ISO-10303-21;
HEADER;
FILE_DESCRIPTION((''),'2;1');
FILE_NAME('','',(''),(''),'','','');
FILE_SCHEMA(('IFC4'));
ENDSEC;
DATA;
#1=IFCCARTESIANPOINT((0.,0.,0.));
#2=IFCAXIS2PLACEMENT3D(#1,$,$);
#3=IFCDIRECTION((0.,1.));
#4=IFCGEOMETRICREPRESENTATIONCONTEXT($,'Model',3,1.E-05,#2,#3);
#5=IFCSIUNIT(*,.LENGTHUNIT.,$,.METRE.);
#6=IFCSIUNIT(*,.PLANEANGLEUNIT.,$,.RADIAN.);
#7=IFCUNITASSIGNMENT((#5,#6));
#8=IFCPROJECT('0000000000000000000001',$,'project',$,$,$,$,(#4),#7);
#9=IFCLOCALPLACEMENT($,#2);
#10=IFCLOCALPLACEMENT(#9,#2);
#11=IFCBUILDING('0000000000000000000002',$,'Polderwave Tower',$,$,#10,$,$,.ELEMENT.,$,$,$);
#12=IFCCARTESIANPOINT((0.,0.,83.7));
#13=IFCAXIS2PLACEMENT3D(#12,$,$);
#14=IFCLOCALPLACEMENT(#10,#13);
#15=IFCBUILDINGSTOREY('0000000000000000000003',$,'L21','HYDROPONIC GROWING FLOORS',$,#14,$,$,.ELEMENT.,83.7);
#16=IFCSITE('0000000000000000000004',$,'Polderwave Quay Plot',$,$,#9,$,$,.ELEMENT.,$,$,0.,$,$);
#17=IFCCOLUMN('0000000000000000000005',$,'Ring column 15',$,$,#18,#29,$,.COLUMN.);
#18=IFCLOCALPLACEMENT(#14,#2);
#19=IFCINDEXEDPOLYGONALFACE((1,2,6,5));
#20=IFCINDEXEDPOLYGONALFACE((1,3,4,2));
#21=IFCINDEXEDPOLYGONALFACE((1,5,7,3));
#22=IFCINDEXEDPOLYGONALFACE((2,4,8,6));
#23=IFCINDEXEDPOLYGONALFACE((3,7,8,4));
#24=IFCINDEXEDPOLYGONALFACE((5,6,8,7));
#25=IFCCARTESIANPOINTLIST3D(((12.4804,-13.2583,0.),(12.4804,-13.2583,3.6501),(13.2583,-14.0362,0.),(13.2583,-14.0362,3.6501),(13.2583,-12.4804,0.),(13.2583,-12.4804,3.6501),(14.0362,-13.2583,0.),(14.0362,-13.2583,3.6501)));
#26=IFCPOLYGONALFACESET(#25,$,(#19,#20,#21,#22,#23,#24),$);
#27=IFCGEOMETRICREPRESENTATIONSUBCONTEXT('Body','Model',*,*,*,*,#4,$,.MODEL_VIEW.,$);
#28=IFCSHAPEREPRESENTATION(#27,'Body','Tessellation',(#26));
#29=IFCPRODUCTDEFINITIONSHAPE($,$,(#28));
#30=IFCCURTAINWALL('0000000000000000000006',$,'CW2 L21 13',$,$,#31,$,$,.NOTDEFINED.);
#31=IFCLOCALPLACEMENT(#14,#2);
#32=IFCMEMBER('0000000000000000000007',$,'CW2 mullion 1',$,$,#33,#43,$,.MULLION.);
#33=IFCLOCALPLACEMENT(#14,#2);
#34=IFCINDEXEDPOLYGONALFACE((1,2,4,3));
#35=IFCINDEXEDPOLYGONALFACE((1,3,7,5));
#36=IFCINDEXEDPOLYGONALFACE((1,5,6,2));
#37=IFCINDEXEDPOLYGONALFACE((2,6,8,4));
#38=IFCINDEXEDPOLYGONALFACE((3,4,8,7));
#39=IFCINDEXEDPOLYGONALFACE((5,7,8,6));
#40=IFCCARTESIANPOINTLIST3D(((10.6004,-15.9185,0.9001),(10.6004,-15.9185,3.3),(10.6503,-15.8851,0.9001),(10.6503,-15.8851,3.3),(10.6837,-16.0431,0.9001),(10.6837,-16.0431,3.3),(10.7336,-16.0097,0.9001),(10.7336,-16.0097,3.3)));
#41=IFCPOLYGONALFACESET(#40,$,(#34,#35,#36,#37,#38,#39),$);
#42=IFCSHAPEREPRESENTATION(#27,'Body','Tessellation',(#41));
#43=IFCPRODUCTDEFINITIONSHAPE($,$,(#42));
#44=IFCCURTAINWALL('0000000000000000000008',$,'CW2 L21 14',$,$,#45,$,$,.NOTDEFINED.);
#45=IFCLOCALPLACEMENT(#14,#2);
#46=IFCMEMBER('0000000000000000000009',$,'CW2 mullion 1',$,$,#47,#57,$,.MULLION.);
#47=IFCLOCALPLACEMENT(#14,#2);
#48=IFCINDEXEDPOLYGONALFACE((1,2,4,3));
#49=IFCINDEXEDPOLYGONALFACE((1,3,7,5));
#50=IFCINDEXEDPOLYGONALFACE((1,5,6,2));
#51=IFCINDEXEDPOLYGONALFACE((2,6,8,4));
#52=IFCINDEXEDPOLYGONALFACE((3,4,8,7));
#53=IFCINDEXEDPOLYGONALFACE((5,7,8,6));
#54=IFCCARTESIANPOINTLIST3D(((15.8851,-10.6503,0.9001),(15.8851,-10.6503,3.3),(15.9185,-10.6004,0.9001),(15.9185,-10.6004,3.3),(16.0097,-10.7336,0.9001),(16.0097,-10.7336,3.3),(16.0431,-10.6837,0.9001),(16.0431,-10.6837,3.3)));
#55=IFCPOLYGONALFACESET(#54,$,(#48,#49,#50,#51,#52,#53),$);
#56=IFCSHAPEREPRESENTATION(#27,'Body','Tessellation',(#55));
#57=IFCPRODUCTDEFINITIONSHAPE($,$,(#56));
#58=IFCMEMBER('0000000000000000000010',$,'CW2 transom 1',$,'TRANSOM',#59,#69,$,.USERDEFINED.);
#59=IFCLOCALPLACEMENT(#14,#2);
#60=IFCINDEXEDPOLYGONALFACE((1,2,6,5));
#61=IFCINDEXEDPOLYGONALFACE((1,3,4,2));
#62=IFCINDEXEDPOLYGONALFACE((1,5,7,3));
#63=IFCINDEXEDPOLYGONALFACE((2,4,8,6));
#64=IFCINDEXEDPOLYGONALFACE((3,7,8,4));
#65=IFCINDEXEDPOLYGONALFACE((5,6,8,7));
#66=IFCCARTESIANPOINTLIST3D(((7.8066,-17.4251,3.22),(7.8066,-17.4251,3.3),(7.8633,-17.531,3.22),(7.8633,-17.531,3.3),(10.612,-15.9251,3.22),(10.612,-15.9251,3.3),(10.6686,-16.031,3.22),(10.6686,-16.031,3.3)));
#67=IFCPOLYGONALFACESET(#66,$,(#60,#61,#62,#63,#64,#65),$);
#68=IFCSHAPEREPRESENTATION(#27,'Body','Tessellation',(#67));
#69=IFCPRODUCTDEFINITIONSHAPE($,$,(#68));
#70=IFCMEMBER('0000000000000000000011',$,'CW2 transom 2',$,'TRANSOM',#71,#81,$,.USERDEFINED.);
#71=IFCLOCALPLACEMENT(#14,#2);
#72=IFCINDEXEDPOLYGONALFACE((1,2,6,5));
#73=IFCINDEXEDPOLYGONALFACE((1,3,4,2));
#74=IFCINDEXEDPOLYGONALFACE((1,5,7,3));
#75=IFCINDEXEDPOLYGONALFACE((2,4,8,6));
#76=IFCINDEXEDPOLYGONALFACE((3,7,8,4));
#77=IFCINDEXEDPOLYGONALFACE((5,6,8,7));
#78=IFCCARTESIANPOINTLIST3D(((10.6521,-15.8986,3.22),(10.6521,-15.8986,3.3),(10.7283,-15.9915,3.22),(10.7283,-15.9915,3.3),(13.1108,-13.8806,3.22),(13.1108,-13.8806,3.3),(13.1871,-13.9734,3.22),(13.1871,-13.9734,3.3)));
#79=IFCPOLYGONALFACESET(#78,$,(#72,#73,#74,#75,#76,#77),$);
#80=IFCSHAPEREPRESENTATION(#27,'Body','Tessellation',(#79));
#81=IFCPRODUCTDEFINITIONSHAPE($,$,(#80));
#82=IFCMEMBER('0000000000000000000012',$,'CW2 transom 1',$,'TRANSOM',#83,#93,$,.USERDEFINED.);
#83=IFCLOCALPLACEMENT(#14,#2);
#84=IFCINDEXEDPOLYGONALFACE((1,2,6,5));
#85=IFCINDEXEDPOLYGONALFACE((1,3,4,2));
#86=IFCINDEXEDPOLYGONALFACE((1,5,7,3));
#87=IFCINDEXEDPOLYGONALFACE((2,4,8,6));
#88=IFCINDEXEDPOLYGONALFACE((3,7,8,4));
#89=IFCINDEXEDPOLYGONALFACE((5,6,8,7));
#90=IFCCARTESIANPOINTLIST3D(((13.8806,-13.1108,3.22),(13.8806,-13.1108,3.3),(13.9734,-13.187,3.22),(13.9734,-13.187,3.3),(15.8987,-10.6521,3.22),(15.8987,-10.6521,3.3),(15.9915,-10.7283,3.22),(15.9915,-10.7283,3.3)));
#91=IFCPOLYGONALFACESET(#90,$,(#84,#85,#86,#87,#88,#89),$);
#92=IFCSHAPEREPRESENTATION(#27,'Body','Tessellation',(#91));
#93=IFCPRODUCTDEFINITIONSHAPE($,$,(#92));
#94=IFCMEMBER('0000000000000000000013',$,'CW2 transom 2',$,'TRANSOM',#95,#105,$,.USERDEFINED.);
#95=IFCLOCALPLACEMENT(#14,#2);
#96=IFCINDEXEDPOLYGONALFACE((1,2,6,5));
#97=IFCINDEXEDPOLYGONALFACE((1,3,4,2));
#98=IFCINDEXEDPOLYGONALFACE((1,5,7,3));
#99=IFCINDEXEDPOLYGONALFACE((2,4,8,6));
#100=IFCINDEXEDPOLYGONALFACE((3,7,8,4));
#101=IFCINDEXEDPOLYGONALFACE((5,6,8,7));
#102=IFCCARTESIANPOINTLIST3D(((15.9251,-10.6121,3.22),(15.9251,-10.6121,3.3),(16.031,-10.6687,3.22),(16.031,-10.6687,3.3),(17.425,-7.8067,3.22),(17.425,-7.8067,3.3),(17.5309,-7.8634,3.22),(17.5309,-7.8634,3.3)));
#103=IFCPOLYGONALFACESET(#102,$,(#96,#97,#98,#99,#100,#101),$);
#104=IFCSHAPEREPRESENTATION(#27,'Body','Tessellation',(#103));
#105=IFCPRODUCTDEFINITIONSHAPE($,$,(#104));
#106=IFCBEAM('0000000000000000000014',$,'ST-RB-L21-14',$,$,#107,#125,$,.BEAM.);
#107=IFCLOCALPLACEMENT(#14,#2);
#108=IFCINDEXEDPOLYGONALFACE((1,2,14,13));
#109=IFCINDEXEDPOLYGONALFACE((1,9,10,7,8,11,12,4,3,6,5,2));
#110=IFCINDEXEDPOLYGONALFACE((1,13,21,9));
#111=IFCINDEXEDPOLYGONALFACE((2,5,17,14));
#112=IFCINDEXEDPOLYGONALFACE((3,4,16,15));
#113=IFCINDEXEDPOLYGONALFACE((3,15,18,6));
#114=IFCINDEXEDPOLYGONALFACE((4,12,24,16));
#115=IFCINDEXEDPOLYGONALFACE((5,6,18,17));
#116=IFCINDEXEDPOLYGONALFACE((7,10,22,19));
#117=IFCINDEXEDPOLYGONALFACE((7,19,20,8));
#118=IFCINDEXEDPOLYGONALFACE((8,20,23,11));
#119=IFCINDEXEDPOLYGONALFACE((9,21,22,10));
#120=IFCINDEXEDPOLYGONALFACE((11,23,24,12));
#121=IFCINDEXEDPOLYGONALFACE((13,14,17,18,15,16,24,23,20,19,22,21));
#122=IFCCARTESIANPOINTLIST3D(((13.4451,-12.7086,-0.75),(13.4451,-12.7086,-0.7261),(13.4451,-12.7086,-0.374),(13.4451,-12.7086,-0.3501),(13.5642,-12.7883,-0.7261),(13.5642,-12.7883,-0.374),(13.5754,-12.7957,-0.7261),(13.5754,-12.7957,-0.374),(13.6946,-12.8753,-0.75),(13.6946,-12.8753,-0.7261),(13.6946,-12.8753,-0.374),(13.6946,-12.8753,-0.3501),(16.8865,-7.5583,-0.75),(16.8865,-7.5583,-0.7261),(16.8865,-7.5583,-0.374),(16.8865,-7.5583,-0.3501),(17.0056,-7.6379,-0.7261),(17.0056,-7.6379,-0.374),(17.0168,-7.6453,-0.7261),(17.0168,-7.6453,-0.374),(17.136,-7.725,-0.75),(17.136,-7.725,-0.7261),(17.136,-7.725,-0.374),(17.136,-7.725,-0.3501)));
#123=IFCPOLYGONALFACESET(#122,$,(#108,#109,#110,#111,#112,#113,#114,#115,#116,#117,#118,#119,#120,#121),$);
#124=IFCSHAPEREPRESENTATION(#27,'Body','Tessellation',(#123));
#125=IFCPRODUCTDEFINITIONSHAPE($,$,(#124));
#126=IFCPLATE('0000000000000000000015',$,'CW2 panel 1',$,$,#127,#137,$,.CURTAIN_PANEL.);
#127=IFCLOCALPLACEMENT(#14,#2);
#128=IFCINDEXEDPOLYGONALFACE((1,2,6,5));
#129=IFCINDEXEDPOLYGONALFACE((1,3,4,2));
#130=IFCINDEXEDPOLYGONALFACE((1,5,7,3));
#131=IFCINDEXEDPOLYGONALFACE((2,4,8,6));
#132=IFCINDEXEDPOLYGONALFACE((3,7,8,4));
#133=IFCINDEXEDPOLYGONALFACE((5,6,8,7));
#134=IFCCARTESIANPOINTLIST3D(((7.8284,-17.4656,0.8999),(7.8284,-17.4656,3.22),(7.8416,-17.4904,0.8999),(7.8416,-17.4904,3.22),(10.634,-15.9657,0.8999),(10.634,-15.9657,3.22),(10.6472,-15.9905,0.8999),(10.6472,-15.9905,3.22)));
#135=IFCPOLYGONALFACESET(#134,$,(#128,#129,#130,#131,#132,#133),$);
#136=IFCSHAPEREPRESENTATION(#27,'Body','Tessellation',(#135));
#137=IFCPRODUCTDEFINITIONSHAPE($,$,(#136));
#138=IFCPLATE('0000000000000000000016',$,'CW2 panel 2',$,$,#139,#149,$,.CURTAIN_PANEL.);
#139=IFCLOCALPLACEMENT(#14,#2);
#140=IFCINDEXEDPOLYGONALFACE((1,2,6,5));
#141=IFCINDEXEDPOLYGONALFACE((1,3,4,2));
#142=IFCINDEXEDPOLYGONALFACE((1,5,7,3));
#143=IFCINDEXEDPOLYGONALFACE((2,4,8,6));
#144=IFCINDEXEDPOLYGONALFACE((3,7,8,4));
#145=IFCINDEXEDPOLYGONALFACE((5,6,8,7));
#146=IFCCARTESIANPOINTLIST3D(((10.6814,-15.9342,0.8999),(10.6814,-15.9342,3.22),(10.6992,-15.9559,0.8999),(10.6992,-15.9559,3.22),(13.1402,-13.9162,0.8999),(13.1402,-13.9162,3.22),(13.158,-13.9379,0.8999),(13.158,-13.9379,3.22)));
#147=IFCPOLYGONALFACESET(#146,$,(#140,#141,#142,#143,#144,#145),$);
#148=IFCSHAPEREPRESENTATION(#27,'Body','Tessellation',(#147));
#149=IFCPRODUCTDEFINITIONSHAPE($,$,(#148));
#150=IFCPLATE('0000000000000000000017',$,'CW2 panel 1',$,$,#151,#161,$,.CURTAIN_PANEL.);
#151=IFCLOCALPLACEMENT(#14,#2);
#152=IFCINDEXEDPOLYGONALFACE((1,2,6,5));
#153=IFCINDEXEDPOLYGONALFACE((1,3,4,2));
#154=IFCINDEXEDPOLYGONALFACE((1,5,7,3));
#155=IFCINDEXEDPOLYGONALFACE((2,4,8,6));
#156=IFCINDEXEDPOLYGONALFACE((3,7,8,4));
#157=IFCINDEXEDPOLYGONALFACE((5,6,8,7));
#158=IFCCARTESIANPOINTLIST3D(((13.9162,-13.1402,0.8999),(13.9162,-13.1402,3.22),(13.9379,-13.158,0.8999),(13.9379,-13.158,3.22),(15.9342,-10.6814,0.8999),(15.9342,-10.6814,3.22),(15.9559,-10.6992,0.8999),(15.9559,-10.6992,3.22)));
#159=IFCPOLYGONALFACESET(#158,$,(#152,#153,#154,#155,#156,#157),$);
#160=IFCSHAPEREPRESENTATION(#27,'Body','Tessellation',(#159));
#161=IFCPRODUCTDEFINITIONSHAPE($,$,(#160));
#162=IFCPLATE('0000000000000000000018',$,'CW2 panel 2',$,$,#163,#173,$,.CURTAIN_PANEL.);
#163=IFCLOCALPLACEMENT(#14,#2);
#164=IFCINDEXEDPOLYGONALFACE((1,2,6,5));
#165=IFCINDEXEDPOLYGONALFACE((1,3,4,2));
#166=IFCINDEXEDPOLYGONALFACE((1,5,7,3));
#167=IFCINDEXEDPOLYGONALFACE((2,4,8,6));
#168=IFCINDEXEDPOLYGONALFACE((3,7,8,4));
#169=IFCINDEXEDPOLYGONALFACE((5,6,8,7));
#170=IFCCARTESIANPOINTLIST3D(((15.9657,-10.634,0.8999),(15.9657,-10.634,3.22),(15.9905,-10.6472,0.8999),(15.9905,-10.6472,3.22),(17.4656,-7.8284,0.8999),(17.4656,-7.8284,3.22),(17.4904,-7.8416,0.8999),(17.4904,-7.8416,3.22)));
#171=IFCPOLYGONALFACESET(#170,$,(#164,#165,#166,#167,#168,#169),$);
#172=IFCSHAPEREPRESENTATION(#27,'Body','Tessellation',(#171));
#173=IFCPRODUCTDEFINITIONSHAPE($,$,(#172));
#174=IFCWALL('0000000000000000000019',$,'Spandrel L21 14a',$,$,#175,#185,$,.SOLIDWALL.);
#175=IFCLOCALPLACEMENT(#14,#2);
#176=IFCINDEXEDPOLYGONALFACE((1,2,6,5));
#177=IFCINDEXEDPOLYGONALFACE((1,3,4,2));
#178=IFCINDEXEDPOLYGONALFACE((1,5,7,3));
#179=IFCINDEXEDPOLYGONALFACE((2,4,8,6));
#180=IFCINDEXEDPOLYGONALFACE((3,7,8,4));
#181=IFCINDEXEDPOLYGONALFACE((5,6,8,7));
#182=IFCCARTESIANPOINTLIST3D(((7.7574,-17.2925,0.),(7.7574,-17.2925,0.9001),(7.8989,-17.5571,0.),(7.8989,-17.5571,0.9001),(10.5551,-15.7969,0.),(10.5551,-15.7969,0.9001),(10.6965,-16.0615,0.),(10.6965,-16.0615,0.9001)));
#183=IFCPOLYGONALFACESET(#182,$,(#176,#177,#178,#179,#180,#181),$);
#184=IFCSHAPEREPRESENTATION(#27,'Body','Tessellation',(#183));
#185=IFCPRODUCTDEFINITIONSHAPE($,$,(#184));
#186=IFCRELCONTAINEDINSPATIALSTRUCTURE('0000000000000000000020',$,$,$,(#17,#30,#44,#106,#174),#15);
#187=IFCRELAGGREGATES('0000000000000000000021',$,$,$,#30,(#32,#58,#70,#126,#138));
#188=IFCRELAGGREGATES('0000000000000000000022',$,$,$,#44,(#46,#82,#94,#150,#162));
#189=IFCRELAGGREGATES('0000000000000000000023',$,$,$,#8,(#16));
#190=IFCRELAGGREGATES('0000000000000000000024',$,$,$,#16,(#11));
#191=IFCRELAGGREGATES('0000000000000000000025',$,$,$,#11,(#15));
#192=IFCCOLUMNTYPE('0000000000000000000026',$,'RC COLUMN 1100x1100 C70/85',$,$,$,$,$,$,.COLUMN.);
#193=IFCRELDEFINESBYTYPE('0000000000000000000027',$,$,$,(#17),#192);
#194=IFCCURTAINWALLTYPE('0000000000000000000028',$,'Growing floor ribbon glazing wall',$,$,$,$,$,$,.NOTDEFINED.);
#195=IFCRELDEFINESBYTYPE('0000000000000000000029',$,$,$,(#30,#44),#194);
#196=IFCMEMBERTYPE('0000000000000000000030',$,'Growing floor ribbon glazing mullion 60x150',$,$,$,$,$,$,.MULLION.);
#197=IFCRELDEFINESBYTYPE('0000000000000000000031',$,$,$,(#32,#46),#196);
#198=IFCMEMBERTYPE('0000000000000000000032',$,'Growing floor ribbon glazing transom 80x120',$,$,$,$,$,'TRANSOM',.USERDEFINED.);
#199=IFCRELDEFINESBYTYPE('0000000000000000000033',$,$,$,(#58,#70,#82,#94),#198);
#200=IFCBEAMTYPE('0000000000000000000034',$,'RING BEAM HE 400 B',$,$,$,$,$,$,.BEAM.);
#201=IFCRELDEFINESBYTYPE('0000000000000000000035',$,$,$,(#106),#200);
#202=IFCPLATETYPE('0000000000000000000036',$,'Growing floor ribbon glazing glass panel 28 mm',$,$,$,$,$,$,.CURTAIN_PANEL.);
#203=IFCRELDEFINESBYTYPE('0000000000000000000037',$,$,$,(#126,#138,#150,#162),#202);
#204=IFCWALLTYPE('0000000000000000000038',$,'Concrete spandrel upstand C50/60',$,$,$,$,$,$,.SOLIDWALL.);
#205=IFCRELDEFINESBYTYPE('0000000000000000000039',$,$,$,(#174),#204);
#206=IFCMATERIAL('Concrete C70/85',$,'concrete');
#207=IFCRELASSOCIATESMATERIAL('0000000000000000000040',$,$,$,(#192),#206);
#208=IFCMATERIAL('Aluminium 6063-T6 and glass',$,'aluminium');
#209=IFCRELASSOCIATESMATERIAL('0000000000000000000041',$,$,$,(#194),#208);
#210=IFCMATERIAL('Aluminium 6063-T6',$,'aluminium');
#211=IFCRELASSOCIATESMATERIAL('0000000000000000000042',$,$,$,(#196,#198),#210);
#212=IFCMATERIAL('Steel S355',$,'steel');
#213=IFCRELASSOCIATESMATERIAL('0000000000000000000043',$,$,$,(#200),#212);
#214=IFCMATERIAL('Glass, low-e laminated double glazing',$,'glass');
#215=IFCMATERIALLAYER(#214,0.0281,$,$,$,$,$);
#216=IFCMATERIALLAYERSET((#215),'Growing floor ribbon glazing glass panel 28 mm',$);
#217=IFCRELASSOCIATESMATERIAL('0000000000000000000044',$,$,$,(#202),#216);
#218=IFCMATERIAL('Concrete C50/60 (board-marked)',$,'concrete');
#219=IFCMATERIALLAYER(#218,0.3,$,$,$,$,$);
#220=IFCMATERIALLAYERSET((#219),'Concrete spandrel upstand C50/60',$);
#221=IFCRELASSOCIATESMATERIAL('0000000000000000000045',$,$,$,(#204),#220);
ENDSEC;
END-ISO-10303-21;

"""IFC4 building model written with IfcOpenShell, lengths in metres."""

from ifc_helpers import new_model, si_unit, direction, frame, frame_2d, origin, origin_2d, place, context, subcontext, project, spatial, rectangle, i_section, extrude, material, layer, layer_set, material_profile, profile_set, type_object, element, aggregate, save


model = new_model("IFC4")

# Units and contexts
model_context = context("Model", 3, precision=1e-05, world=origin(), true_north=direction((0.0, 1.0)))
body_context = subcontext(model_context, "Body", "Model", "MODEL_VIEW")
ifc_project = project(units=[si_unit("LENGTHUNIT", "METRE"), si_unit("PLANEANGLEUNIT", "RADIAN")], contexts=[model_context])

# Site, building, storey
site_placement = place(None, origin())
site = spatial("IfcSite", under=ifc_project, at=site_placement, Name="Polderwave Quay Plot", CompositionType="ELEMENT", RefElevation=0.0)
building_placement = place(site_placement, origin())
building = spatial("IfcBuilding", under=site, at=building_placement, Name="Polderwave Tower", CompositionType="ELEMENT")
storey_placement = place(building_placement, frame((0.0, 0.0, 83.7)))
storey = spatial("IfcBuildingStorey", under=building, at=storey_placement, Name="L21", Description="HYDROPONIC GROWING FLOORS", CompositionType="ELEMENT", Elevation=83.7)

# Column
ifc_material_1 = material(Name="Concrete C70/85", Category="concrete")
ifc_material_profile_1 = material_profile(ifc_material_1, rectangle(XDim=1.1001, YDim=1.1001, at=origin_2d()), Name="RC 1100x1100")
ifc_profile_set_1 = profile_set([ifc_material_profile_1], Name="Concrete C70/85")
column_type = type_object("IfcColumnType", Name="RC COLUMN 1100x1100 C70/85", PredefinedType="COLUMN", material=ifc_profile_set_1)
column_placement = place(storey_placement, frame((13.2583, -13.2583, 0.0), z_axis=(0.0, 0.0, 1.0), x_axis=(0.707107, -0.707107, 0.0)))
element("IfcColumn", 1, at=column_placement, inside=storey, type_object=column_type, Name="Ring column 15", PredefinedType="COLUMN", context=body_context, shape_type="SweptSolid", body=[
    extrude(rectangle(XDim=1.1001, YDim=1.1001, at=origin_2d()), origin(), (0.0, 0.0, 1.0), 3.6501),
])

# Curtain walls, members
ifc_material_2 = material(Name="Aluminium 6063-T6 and glass", Category="aluminium")
curtain_wall_type = type_object("IfcCurtainWallType", Name="Growing floor ribbon glazing wall", PredefinedType="NOTDEFINED", material=ifc_material_2)
curtain_wall_1_placement = place(storey_placement, origin())
curtain_wall_1 = element("IfcCurtainWall", 2, at=curtain_wall_1_placement, inside=storey, type_object=curtain_wall_type, Name="CW2 L21 13", PredefinedType="NOTDEFINED")
ifc_material_3 = material(Name="Aluminium 6063-T6", Category="aluminium")
ifc_material_profile_2 = material_profile(ifc_material_3, rectangle(XDim=0.1499, YDim=0.0601, at=origin_2d()), Name="AL 60x150")
ifc_profile_set_2 = profile_set([ifc_material_profile_2], Name="Aluminium 6063-T6")
member_type_1 = type_object("IfcMemberType", Name="Growing floor ribbon glazing mullion 60x150", PredefinedType="MULLION", material=ifc_profile_set_2)
member_1_placement = place(storey_placement, frame((10.667, -15.9641, 0.9001), z_axis=(0.0, 0.0, 1.0), x_axis=(-0.555608, 0.831444, 0.0)))
member_1 = element("IfcMember", 3, at=member_1_placement, type_object=member_type_1, Name="CW2 mullion 1", PredefinedType="MULLION", context=body_context, shape_type="SweptSolid", body=[
    extrude(rectangle(XDim=0.1499, YDim=0.0601, at=origin_2d()), origin(), (0.0, 0.0, 1.0), 2.3999),
])
curtain_wall_2_placement = place(storey_placement, origin())
curtain_wall_2 = element("IfcCurtainWall", 4, at=curtain_wall_2_placement, inside=storey, type_object=curtain_wall_type, Name="CW2 L21 14", PredefinedType="NOTDEFINED")
member_2_placement = place(storey_placement, frame((15.9641, -10.667, 0.9001), z_axis=(0.0, 0.0, 1.0), x_axis=(-0.831444, 0.555608, 0.0)))
member_2 = element("IfcMember", 5, at=member_2_placement, type_object=member_type_1, Name="CW2 mullion 1", PredefinedType="MULLION", context=body_context, shape_type="SweptSolid", body=[
    extrude(rectangle(XDim=0.1499, YDim=0.0601, at=origin_2d()), origin(), (0.0, 0.0, 1.0), 2.3999),
])

# Members
ifc_material_profile_3 = material_profile(ifc_material_3, rectangle(XDim=0.1201, YDim=0.0801, at=origin_2d()), Name="AL 80x120")
ifc_profile_set_3 = profile_set([ifc_material_profile_3], Name="Aluminium 6063-T6")
member_type_2 = type_object("IfcMemberType", Name="Growing floor ribbon glazing transom 80x120", ElementType="TRANSOM", PredefinedType="USERDEFINED", material=ifc_profile_set_3)
member_3_placement = place(storey_placement, frame((7.835, -17.478, 3.26), z_axis=(0.88186, 0.471512, 0.0), x_axis=(-0.471512, 0.88186, 0.0)))
member_3 = element("IfcMember", 6, at=member_3_placement, type_object=member_type_2, Name="CW2 transom 1", ObjectType="TRANSOM", PredefinedType="USERDEFINED", context=body_context, shape_type="SweptSolid", body=[
    extrude(rectangle(XDim=0.1201, YDim=0.0801, at=origin_2d()), origin(), (0.0, 0.0, 1.0), 3.1812),
])
member_4_placement = place(storey_placement, frame((10.6902, -15.9451, 3.26), z_axis=(0.772975, 0.634437, 0.0), x_axis=(-0.634437, 0.772975, 0.0)))
member_4 = element("IfcMember", 7, at=member_4_placement, type_object=member_type_2, Name="CW2 transom 2", ObjectType="TRANSOM", PredefinedType="USERDEFINED", context=body_context, shape_type="SweptSolid", body=[
    extrude(rectangle(XDim=0.1201, YDim=0.0801, at=origin_2d()), origin(), (0.0, 0.0, 1.0), 3.1809),
])
member_5_placement = place(storey_placement, frame((13.927, -13.1489, 3.26), z_axis=(0.634437, 0.772975, 0.0), x_axis=(-0.772975, 0.634437, 0.0)))
member_5 = element("IfcMember", 8, at=member_5_placement, type_object=member_type_2, Name="CW2 transom 1", ObjectType="TRANSOM", PredefinedType="USERDEFINED", context=body_context, shape_type="SweptSolid", body=[
    extrude(rectangle(XDim=0.1201, YDim=0.0801, at=origin_2d()), origin(), (0.0, 0.0, 1.0), 3.1809),
])
member_6_placement = place(storey_placement, frame((15.978, -10.6404, 3.26), z_axis=(0.471512, 0.88186, 0.0), x_axis=(-0.88186, 0.471512, 0.0)))
member_6 = element("IfcMember", 9, at=member_6_placement, type_object=member_type_2, Name="CW2 transom 2", ObjectType="TRANSOM", PredefinedType="USERDEFINED", context=body_context, shape_type="SweptSolid", body=[
    extrude(rectangle(XDim=0.1201, YDim=0.0801, at=origin_2d()), origin(), (0.0, 0.0, 1.0), 3.1812),
])

# Beam
ifc_material_4 = material(Name="Steel S355", Category="steel")
ifc_material_profile_4 = material_profile(ifc_material_4, i_section(OverallWidth=0.3, OverallDepth=0.3999, WebThickness=0.0134, FlangeThickness=0.0239, at=origin_2d()), Name="HE 400 B")
ifc_profile_set_4 = profile_set([ifc_material_profile_4], Name="Steel S355")
beam_type = type_object("IfcBeamType", Name="RING BEAM HE 400 B", PredefinedType="BEAM", material=ifc_profile_set_4)
beam_placement = place(storey_placement, frame((13.5698, -12.792, -0.55), z_axis=(0.555573, 0.831468, 0.0), x_axis=(-0.831468, 0.555573, 0.0)))
element("IfcBeam", 10, at=beam_placement, inside=storey, type_object=beam_type, Name="ST-RB-L21-14", PredefinedType="BEAM", context=body_context, shape_type="SweptSolid", body=[
    extrude(i_section(OverallWidth=0.3, OverallDepth=0.3999, WebThickness=0.0134, FlangeThickness=0.0239, at=origin_2d()), origin(), (0.0, 0.0, 1.0), 6.1943),
])

# Plates
ifc_material_5 = material(Name="Glass, low-e laminated double glazing", Category="glass")
ifc_layer_1 = layer(ifc_material_5, 0.0281)
ifc_layer_set_1 = layer_set([ifc_layer_1], Name="Growing floor ribbon glazing glass panel 28 mm")
plate_type = type_object("IfcPlateType", Name="Growing floor ribbon glazing glass panel 28 mm", PredefinedType="CURTAIN_PANEL", material=ifc_layer_set_1)
plate_1_placement = place(storey_placement, frame((9.2378, -16.728, 0.8999), z_axis=(0.0, 0.0, 1.0), x_axis=(0.881887, 0.471461, 0.0)))
plate_1 = element("IfcPlate", 11, at=plate_1_placement, type_object=plate_type, Name="CW2 panel 1", PredefinedType="CURTAIN_PANEL", context=body_context, shape_type="SweptSolid", body=[
    extrude(rectangle(XDim=3.1814, YDim=0.0281, at=origin_2d()), origin(), (0.0, 0.0, 1.0), 2.3201),
])
plate_2_placement = place(storey_placement, frame((11.9197, -14.936, 0.8999), z_axis=(0.0, 0.0, 1.0), x_axis=(0.772999, 0.634407, 0.0)))
plate_2 = element("IfcPlate", 12, at=plate_2_placement, type_object=plate_type, Name="CW2 panel 2", PredefinedType="CURTAIN_PANEL", context=body_context, shape_type="SweptSolid", body=[
    extrude(rectangle(XDim=3.1809, YDim=0.0281, at=origin_2d()), origin(), (0.0, 0.0, 1.0), 2.3201),
])
aggregate(curtain_wall_1, [member_1, member_3, member_4, plate_1, plate_2])
plate_3_placement = place(storey_placement, frame((14.936, -11.9197, 0.8999), z_axis=(0.0, 0.0, 1.0), x_axis=(0.634407, 0.772999, 0.0)))
plate_3 = element("IfcPlate", 13, at=plate_3_placement, type_object=plate_type, Name="CW2 panel 1", PredefinedType="CURTAIN_PANEL", context=body_context, shape_type="SweptSolid", body=[
    extrude(rectangle(XDim=3.1809, YDim=0.0281, at=origin_2d()), origin(), (0.0, 0.0, 1.0), 2.3201),
])
plate_4_placement = place(storey_placement, frame((16.728, -9.2378, 0.8999), z_axis=(0.0, 0.0, 1.0), x_axis=(0.471461, 0.881887, 0.0)))
plate_4 = element("IfcPlate", 14, at=plate_4_placement, type_object=plate_type, Name="CW2 panel 2", PredefinedType="CURTAIN_PANEL", context=body_context, shape_type="SweptSolid", body=[
    extrude(rectangle(XDim=3.1814, YDim=0.0281, at=origin_2d()), origin(), (0.0, 0.0, 1.0), 2.3201),
])
aggregate(curtain_wall_2, [member_2, member_5, member_6, plate_3, plate_4])

# Wall
ifc_material_6 = material(Name="Concrete C50/60 (board-marked)", Category="concrete")
ifc_layer_2 = layer(ifc_material_6, 0.3)
ifc_layer_set_2 = layer_set([ifc_layer_2], Name="Concrete spandrel upstand C50/60")
wall_type_1 = type_object("IfcWallType", Name="Concrete spandrel upstand C50/60", PredefinedType="SOLIDWALL", material=ifc_layer_set_2)
wall_1_placement = place(storey_placement, frame((7.8281, -17.4248, 0.0), z_axis=(0.0, 0.0, 1.0), x_axis=(0.881888, 0.471459, 0.0)))
element("IfcWall", 15, at=wall_1_placement, inside=storey, type_object=wall_type_1, Name="Spandrel L21 14a", PredefinedType="SOLIDWALL", context=body_context, shape_type="SweptSolid", body=[
    extrude(rectangle(XDim=3.1724, YDim=0.3, at=frame_2d((1.5862, 0.0))), origin(), (0.0, 0.0, 1.0), 0.9001),
])

save(model, "model.ifc")
